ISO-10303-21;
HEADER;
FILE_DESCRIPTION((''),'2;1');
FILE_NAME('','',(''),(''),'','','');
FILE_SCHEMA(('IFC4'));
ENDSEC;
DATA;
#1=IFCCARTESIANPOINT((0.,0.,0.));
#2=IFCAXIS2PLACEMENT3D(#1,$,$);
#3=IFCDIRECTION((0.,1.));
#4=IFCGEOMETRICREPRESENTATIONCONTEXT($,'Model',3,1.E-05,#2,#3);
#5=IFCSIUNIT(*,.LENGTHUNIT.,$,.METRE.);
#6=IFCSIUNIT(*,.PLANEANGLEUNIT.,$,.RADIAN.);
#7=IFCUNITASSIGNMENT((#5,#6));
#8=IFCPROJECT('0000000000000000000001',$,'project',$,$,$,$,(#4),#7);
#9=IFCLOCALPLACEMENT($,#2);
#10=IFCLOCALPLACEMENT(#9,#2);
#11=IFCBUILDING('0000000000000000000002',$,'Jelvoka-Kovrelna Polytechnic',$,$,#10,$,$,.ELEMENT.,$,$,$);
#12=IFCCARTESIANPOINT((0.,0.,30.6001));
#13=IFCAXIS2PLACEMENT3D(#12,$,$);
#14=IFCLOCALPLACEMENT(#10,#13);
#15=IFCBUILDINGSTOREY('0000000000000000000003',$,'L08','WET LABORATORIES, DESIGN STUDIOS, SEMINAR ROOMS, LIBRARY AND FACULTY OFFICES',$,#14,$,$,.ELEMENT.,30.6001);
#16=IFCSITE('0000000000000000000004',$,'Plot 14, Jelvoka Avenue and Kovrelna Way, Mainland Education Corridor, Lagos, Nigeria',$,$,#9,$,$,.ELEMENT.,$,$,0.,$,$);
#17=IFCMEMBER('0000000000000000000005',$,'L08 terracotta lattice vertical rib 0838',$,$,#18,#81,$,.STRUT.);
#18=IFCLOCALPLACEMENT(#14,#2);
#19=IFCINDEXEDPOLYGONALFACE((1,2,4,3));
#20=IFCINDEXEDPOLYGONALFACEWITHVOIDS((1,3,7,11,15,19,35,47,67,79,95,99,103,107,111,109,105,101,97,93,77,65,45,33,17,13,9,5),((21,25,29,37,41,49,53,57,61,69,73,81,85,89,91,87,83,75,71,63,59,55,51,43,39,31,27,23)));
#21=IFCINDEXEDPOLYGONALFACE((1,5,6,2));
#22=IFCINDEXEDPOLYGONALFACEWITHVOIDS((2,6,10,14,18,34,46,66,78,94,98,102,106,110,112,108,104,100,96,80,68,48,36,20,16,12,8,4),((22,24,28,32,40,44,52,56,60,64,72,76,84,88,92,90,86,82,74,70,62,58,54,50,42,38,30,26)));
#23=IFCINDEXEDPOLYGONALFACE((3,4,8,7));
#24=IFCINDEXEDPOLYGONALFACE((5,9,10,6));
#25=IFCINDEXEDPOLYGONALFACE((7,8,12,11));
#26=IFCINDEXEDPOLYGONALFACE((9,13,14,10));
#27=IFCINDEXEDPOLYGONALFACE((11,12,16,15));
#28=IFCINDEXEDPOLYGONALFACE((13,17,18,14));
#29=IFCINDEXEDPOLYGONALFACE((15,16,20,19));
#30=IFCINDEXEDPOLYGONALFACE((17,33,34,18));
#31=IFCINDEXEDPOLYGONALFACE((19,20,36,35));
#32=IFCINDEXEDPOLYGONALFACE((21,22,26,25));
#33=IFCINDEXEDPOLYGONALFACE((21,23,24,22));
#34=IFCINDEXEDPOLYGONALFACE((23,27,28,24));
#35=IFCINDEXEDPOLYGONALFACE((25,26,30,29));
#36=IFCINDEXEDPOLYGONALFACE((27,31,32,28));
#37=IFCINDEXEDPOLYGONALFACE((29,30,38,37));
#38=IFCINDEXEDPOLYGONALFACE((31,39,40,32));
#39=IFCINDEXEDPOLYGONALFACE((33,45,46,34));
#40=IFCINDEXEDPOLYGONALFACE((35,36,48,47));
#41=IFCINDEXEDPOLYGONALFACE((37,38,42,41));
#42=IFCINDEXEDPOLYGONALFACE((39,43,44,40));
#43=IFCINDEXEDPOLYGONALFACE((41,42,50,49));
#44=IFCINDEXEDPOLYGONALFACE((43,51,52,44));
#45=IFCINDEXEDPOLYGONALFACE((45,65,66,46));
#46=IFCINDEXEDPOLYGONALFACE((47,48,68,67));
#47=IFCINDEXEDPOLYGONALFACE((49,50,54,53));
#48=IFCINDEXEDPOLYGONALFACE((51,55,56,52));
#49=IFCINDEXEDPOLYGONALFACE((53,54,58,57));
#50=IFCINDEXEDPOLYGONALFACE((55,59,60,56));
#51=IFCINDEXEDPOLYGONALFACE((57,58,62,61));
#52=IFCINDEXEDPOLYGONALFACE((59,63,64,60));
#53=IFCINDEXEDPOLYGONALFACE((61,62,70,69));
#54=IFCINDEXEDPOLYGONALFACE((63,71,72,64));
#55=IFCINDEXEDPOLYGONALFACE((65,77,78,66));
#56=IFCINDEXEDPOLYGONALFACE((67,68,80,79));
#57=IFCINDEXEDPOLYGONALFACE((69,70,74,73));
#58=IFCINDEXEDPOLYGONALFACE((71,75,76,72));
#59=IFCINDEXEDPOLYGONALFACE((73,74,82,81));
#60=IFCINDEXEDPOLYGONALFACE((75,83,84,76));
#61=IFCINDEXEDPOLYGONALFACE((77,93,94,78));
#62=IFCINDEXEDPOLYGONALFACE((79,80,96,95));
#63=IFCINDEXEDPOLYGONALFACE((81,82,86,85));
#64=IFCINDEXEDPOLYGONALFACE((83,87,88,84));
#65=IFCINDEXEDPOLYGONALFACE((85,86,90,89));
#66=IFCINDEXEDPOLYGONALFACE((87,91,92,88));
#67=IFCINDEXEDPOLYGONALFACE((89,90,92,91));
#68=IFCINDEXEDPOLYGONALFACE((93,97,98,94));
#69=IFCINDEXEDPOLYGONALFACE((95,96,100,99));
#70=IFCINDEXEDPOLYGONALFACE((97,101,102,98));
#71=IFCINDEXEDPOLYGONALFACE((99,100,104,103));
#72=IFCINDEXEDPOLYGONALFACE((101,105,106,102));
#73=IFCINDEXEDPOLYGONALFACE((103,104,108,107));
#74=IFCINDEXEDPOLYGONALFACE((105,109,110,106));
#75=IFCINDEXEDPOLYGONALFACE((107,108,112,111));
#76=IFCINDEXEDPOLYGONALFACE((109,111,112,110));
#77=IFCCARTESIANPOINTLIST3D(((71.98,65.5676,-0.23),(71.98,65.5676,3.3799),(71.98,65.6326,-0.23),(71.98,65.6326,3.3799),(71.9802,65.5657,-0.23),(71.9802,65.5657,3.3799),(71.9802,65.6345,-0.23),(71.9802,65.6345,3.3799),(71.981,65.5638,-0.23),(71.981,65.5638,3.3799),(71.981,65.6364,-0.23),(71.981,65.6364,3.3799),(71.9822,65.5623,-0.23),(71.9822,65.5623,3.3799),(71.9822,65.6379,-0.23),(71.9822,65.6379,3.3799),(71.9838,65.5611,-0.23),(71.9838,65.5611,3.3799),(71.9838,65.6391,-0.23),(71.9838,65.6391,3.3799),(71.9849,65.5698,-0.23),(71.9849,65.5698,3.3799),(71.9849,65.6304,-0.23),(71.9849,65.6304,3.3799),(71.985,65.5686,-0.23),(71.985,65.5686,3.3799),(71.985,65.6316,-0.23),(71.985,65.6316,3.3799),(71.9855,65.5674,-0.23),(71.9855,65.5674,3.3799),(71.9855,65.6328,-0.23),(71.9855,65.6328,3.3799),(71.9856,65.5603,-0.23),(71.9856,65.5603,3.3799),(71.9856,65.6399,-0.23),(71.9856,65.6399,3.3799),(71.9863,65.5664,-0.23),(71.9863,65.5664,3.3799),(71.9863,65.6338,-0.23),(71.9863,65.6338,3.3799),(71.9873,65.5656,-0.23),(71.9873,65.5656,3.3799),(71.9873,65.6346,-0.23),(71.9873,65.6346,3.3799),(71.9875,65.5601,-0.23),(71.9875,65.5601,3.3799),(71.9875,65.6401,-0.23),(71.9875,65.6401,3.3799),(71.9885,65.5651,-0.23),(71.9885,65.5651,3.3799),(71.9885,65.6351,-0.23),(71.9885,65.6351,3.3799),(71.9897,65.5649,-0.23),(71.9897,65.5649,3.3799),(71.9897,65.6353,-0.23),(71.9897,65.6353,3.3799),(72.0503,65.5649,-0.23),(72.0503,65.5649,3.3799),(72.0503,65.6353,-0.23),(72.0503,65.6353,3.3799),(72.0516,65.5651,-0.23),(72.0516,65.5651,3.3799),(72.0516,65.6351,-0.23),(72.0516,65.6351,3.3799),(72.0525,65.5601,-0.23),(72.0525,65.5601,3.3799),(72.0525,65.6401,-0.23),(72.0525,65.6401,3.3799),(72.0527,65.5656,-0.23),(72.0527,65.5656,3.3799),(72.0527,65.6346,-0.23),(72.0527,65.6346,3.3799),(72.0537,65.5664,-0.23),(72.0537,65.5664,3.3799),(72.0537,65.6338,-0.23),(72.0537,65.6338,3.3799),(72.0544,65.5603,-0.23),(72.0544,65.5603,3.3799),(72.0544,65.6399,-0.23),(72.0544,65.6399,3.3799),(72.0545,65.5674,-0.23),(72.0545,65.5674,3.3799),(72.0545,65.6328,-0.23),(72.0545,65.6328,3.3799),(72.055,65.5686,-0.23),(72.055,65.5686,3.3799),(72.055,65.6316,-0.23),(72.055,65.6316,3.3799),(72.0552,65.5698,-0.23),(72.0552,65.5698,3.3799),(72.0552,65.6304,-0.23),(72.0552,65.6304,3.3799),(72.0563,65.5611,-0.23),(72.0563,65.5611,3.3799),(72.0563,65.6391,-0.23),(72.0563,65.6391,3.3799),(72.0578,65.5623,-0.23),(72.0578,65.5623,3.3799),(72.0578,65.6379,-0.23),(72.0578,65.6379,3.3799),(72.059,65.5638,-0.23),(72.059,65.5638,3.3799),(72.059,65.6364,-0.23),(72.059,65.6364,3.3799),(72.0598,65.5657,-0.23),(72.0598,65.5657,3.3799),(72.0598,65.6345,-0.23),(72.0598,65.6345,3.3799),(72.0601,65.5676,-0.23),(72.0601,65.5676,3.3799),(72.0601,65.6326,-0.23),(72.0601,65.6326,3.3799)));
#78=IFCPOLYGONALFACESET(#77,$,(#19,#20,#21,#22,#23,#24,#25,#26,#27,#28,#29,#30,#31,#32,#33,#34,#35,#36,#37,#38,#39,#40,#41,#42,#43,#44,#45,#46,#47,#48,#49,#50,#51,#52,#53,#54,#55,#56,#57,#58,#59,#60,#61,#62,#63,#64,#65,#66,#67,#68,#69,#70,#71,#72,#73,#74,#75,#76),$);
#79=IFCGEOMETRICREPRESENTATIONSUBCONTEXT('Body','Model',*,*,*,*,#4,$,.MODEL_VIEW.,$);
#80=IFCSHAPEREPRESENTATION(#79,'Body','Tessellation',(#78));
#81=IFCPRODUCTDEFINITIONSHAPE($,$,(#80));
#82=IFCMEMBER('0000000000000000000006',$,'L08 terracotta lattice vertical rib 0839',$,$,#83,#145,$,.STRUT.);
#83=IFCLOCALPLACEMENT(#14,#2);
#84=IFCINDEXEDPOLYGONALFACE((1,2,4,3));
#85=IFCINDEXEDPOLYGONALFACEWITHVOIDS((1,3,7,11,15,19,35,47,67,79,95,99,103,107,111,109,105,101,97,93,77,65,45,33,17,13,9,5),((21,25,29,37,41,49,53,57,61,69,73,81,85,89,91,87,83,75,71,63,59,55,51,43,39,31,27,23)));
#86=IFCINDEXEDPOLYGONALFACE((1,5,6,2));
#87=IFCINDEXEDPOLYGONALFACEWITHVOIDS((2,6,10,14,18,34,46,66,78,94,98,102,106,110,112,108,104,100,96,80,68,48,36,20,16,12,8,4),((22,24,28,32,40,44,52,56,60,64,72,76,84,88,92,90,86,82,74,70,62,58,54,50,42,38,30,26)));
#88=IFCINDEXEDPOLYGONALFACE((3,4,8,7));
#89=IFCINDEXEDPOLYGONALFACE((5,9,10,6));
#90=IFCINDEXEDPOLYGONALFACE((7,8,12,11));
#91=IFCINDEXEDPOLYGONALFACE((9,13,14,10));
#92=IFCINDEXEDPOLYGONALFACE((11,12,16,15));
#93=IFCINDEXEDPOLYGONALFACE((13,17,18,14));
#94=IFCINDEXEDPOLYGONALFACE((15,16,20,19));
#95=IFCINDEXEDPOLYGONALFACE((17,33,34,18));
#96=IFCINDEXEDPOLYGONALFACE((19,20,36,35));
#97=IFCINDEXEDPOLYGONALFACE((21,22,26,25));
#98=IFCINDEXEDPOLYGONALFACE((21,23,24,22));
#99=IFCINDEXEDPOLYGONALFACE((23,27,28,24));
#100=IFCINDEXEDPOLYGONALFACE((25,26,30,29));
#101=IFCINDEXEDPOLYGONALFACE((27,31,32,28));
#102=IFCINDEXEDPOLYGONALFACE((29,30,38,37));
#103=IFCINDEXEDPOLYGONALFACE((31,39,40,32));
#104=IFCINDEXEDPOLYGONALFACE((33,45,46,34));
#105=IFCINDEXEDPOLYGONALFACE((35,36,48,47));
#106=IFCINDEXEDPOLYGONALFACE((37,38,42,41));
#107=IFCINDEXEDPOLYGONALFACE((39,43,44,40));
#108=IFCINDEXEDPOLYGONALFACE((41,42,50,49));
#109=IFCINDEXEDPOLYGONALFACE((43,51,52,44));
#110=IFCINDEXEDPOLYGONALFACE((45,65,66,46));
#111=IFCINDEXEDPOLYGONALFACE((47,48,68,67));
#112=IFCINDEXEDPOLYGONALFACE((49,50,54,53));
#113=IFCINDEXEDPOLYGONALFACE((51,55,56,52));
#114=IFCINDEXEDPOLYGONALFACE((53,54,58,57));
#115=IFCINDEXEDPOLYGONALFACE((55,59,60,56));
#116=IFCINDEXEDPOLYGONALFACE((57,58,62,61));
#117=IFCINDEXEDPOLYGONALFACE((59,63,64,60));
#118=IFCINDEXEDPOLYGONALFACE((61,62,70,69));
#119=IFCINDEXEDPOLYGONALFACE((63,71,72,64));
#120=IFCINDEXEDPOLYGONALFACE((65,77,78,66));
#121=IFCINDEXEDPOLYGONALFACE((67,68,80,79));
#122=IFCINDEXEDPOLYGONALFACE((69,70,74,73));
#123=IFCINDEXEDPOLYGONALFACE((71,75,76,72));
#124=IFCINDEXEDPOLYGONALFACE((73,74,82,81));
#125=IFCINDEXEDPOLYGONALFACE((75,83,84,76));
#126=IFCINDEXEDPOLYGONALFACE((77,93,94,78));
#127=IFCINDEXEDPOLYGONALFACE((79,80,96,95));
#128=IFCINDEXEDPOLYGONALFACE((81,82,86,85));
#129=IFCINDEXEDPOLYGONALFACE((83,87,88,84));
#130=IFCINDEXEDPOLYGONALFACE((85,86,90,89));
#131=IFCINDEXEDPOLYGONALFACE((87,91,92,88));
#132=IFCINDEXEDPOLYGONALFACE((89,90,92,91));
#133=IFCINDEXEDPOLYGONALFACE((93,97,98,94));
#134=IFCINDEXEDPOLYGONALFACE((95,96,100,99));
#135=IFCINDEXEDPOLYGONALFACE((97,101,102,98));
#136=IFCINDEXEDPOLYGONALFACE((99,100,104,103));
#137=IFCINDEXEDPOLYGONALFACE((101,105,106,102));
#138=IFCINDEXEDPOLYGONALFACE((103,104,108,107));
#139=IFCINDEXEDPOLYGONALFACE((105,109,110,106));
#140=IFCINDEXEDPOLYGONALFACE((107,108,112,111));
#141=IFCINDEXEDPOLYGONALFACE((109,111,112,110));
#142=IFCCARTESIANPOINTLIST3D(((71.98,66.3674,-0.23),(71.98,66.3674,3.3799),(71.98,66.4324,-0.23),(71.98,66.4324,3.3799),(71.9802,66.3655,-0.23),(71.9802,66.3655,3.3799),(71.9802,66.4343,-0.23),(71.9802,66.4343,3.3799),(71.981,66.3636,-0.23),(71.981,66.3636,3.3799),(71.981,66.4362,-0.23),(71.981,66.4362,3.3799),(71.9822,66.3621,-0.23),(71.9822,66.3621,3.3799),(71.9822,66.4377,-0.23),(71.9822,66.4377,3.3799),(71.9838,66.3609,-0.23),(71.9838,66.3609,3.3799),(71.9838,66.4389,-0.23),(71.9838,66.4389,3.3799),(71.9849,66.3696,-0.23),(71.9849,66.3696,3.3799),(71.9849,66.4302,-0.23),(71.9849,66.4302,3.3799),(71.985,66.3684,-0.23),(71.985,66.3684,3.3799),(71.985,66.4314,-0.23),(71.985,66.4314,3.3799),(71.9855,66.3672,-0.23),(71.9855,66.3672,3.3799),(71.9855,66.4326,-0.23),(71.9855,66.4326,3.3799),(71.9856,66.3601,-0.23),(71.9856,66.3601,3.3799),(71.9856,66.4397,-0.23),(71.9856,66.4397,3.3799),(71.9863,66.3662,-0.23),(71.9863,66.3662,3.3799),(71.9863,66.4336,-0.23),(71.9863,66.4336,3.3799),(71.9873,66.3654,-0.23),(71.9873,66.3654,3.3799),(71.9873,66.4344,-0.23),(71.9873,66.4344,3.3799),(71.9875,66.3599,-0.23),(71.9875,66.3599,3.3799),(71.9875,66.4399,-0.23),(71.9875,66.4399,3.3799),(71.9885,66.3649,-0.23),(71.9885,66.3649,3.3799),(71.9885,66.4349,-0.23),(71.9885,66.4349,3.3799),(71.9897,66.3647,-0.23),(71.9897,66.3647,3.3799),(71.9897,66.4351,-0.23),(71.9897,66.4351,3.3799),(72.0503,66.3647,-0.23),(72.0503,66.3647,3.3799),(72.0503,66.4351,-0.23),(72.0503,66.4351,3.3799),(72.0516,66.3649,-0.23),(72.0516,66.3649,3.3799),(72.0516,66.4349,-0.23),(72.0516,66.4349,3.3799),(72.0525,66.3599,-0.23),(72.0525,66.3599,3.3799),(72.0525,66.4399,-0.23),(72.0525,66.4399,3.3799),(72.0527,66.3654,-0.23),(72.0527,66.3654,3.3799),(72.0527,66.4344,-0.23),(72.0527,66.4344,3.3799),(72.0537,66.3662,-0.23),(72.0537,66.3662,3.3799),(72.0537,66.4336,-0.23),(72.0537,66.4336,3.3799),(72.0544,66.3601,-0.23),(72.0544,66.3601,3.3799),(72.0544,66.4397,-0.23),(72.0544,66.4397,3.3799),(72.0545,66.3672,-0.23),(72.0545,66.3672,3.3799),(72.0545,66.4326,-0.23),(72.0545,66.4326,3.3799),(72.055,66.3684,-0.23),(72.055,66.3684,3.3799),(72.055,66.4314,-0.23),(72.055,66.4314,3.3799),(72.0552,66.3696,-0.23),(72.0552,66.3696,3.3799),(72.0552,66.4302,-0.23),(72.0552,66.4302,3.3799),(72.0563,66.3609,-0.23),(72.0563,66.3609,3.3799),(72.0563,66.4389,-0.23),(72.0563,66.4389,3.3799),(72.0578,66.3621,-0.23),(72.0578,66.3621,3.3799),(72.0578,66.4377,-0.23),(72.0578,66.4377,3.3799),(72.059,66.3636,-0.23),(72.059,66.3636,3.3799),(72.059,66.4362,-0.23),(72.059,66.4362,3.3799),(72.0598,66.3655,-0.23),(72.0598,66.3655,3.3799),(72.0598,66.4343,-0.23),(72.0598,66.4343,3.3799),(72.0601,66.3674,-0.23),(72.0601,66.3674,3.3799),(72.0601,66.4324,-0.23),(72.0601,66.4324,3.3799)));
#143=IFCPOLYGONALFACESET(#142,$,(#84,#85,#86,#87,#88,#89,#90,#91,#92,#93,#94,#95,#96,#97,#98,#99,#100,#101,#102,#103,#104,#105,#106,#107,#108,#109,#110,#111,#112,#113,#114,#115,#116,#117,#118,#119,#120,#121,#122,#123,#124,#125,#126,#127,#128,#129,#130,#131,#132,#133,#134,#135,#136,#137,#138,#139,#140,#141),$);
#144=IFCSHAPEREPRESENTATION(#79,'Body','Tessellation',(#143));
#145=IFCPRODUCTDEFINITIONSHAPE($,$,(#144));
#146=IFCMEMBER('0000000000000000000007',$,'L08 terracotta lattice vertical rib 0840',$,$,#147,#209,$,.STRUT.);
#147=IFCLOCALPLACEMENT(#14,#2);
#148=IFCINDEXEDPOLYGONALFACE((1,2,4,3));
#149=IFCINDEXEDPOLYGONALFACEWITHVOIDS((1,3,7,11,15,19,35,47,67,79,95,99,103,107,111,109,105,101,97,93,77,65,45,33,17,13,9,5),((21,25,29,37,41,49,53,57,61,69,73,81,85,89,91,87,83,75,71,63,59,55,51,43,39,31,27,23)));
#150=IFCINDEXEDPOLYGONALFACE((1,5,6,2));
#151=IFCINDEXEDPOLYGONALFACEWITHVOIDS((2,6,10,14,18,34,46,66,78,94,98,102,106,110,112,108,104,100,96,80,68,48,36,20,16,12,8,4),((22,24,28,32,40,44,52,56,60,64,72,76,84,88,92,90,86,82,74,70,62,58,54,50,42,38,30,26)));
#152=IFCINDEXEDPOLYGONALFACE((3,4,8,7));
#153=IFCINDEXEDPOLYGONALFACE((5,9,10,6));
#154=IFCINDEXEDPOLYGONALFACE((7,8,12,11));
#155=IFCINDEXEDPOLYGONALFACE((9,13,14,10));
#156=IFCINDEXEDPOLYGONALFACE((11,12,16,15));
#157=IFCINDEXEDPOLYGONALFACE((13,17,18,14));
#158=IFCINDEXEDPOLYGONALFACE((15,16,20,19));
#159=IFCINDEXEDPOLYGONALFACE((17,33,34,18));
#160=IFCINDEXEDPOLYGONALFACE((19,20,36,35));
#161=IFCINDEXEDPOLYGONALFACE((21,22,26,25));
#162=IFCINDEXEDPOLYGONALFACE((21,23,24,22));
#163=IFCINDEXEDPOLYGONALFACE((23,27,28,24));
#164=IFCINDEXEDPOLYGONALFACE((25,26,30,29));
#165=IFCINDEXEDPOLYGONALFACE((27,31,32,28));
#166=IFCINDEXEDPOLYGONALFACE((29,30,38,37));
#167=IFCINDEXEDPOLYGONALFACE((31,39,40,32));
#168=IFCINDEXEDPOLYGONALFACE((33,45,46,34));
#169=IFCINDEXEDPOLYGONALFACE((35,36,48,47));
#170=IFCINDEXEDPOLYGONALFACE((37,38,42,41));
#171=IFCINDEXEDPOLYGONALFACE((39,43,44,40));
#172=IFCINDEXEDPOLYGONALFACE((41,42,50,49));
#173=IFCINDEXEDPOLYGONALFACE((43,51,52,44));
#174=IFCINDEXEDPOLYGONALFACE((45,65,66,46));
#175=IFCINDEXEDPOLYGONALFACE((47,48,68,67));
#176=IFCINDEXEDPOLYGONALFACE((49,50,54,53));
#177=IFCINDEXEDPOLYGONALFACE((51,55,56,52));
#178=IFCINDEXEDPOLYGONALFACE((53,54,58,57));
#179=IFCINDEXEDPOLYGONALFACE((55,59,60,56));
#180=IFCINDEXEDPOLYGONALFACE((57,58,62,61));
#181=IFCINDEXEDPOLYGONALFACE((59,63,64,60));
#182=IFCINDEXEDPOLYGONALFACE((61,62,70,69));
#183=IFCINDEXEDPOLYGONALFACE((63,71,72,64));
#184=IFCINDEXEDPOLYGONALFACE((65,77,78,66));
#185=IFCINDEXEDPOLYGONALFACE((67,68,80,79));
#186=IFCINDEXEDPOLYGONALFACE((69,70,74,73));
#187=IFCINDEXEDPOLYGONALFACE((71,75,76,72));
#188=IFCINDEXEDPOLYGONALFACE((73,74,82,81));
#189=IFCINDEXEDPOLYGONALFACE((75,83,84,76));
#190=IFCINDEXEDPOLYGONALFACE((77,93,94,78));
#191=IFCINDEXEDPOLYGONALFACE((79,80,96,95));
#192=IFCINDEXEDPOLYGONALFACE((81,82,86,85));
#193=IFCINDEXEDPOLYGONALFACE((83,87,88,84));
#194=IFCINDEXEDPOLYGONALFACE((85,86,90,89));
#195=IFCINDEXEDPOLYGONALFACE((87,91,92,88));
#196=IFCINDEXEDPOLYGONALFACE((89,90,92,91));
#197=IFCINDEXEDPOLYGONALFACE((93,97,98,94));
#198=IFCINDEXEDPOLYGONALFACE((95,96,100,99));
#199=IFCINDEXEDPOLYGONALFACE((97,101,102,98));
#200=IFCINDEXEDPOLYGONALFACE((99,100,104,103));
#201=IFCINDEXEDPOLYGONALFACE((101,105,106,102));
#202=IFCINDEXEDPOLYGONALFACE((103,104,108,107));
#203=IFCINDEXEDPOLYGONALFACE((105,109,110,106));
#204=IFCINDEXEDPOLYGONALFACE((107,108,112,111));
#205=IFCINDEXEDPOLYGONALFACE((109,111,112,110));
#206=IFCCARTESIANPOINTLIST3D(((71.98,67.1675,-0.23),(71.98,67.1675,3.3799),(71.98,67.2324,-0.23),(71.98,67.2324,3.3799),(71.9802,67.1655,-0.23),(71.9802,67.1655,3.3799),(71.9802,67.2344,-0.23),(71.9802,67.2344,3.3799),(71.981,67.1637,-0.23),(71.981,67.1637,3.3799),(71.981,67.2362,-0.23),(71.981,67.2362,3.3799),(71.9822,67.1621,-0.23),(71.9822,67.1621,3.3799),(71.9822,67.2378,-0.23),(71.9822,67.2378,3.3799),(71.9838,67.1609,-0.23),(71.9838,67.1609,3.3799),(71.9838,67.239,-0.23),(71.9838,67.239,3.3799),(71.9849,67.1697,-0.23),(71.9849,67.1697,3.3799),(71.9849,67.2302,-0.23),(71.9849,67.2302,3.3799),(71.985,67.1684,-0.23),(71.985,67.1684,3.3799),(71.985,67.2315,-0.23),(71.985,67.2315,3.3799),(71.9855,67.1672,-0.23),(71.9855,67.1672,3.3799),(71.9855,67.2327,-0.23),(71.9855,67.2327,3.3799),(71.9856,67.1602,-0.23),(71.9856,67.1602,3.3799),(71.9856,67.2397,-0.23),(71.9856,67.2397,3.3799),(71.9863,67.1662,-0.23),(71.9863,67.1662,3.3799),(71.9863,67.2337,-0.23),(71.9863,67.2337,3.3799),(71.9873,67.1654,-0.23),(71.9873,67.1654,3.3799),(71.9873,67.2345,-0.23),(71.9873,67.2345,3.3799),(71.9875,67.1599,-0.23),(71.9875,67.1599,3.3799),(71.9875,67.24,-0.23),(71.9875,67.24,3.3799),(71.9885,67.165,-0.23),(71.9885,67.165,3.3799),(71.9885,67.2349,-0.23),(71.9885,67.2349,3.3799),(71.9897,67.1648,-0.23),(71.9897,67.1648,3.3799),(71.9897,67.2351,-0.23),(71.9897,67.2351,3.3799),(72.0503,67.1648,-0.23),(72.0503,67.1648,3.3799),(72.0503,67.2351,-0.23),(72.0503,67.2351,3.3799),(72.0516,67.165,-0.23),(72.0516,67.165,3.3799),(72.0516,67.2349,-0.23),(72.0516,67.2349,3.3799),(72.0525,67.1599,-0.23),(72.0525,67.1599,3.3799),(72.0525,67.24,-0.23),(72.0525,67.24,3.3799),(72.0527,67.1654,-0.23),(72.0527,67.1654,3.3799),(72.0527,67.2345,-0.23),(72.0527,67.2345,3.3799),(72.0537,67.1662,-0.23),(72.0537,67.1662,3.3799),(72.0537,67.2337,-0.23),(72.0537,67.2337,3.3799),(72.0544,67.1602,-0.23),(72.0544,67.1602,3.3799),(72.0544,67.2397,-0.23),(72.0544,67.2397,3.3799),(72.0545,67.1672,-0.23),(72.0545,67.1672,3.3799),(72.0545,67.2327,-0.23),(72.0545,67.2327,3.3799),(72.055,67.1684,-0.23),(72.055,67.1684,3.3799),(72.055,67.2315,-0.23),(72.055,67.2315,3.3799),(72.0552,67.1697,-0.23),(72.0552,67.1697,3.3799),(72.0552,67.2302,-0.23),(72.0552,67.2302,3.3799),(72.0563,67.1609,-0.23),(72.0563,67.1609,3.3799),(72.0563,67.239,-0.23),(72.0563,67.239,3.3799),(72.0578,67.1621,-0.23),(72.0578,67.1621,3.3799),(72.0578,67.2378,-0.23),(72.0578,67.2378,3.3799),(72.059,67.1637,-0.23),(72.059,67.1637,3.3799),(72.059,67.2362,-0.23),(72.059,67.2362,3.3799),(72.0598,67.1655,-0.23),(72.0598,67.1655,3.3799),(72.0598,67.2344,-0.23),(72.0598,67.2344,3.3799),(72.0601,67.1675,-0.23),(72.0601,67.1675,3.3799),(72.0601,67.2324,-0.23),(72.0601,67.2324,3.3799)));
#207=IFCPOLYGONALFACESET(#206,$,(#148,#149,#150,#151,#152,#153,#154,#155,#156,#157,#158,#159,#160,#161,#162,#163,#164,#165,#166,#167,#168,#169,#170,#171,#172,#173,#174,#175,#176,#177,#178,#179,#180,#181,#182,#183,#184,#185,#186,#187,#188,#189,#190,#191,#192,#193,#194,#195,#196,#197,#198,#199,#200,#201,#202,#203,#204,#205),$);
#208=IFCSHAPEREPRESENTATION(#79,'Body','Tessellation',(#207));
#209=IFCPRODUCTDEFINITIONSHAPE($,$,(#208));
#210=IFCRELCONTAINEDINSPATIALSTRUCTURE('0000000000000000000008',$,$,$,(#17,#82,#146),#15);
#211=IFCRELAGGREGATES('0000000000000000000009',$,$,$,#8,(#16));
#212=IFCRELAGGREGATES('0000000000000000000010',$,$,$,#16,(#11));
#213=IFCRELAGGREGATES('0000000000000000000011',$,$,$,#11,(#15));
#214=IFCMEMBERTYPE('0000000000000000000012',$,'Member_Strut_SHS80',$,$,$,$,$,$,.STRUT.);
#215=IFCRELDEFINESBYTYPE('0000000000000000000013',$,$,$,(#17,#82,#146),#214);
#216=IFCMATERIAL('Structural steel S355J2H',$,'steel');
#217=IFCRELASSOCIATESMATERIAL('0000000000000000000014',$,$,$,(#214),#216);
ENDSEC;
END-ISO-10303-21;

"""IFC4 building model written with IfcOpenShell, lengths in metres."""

from ifc_helpers import new_model, si_unit, direction, frame, origin, origin_2d, place, context, subcontext, project, spatial, hollow_rectangle, extrude, material, material_profile, profile_set, type_object, element, save


model = new_model("IFC4")

# Units and contexts
model_context = context("Model", 3, precision=1e-05, world=origin(), true_north=direction((0.0, 1.0)))
body_context = subcontext(model_context, "Body", "Model", "MODEL_VIEW")
ifc_project = project(units=[si_unit("LENGTHUNIT", "METRE"), si_unit("PLANEANGLEUNIT", "RADIAN")], contexts=[model_context])

# Site, building, storey
site_placement = place(None, origin())
site = spatial("IfcSite", under=ifc_project, at=site_placement, Name="Plot 14, Jelvoka Avenue and Kovrelna Way, Mainland Education Corridor, Lagos, Nigeria", CompositionType="ELEMENT", RefElevation=0.0)
building_placement = place(site_placement, origin())
building = spatial("IfcBuilding", under=site, at=building_placement, Name="Jelvoka-Kovrelna Polytechnic", CompositionType="ELEMENT")
storey_placement = place(building_placement, frame((0.0, 0.0, 30.6001)))
storey = spatial("IfcBuildingStorey", under=building, at=storey_placement, Name="L08", Description="WET LABORATORIES, DESIGN STUDIOS, SEMINAR ROOMS, LIBRARY AND FACULTY OFFICES", CompositionType="ELEMENT", Elevation=30.6001)

# Members
ifc_material_1 = material(Name="Structural steel S355J2H", Category="steel")
ifc_material_profile_1 = material_profile(ifc_material_1, hollow_rectangle(XDim=0.0801, YDim=0.0801, WallThickness=0.0049, InnerFilletRadius=0.0049, OuterFilletRadius=0.0076, at=origin_2d()), Name="80x80x5.0 SHS")
ifc_profile_set_1 = profile_set([ifc_material_profile_1], Name="Structural steel S355J2H")
member_type_1 = type_object("IfcMemberType", Name="Member_Strut_SHS80", PredefinedType="STRUT", material=ifc_profile_set_1)
for number, where, z_axis, x_axis, name in (
    (1, (72.02, 65.6001, -0.23), (0.0, 0.0, 1.0), (1.0, 0.0, 0.0), "L08 terracotta lattice vertical rib 0838"),
    (2, (72.02, 66.3999, -0.23), (0.0, 0.0, 1.0), (1.0, 0.0, 0.0), "L08 terracotta lattice vertical rib 0839"),
    (3, (72.02, 67.2, -0.23), (0.0, 0.0, 1.0), (1.0, 0.0, 0.0), "L08 terracotta lattice vertical rib 0840"),
):
    element("IfcMember", number, at=place(storey_placement, frame(where, z_axis=z_axis, x_axis=x_axis)), inside=storey, type_object=member_type_1, Name=name, PredefinedType="STRUT", context=body_context, shape_type="SweptSolid", body=[
        extrude(hollow_rectangle(XDim=0.0801, YDim=0.0801, WallThickness=0.0049, InnerFilletRadius=0.0049, OuterFilletRadius=0.0076, at=origin_2d()), origin(), (0.0, 0.0, 1.0), 3.6099),
    ])

save(model, "model.ifc")
